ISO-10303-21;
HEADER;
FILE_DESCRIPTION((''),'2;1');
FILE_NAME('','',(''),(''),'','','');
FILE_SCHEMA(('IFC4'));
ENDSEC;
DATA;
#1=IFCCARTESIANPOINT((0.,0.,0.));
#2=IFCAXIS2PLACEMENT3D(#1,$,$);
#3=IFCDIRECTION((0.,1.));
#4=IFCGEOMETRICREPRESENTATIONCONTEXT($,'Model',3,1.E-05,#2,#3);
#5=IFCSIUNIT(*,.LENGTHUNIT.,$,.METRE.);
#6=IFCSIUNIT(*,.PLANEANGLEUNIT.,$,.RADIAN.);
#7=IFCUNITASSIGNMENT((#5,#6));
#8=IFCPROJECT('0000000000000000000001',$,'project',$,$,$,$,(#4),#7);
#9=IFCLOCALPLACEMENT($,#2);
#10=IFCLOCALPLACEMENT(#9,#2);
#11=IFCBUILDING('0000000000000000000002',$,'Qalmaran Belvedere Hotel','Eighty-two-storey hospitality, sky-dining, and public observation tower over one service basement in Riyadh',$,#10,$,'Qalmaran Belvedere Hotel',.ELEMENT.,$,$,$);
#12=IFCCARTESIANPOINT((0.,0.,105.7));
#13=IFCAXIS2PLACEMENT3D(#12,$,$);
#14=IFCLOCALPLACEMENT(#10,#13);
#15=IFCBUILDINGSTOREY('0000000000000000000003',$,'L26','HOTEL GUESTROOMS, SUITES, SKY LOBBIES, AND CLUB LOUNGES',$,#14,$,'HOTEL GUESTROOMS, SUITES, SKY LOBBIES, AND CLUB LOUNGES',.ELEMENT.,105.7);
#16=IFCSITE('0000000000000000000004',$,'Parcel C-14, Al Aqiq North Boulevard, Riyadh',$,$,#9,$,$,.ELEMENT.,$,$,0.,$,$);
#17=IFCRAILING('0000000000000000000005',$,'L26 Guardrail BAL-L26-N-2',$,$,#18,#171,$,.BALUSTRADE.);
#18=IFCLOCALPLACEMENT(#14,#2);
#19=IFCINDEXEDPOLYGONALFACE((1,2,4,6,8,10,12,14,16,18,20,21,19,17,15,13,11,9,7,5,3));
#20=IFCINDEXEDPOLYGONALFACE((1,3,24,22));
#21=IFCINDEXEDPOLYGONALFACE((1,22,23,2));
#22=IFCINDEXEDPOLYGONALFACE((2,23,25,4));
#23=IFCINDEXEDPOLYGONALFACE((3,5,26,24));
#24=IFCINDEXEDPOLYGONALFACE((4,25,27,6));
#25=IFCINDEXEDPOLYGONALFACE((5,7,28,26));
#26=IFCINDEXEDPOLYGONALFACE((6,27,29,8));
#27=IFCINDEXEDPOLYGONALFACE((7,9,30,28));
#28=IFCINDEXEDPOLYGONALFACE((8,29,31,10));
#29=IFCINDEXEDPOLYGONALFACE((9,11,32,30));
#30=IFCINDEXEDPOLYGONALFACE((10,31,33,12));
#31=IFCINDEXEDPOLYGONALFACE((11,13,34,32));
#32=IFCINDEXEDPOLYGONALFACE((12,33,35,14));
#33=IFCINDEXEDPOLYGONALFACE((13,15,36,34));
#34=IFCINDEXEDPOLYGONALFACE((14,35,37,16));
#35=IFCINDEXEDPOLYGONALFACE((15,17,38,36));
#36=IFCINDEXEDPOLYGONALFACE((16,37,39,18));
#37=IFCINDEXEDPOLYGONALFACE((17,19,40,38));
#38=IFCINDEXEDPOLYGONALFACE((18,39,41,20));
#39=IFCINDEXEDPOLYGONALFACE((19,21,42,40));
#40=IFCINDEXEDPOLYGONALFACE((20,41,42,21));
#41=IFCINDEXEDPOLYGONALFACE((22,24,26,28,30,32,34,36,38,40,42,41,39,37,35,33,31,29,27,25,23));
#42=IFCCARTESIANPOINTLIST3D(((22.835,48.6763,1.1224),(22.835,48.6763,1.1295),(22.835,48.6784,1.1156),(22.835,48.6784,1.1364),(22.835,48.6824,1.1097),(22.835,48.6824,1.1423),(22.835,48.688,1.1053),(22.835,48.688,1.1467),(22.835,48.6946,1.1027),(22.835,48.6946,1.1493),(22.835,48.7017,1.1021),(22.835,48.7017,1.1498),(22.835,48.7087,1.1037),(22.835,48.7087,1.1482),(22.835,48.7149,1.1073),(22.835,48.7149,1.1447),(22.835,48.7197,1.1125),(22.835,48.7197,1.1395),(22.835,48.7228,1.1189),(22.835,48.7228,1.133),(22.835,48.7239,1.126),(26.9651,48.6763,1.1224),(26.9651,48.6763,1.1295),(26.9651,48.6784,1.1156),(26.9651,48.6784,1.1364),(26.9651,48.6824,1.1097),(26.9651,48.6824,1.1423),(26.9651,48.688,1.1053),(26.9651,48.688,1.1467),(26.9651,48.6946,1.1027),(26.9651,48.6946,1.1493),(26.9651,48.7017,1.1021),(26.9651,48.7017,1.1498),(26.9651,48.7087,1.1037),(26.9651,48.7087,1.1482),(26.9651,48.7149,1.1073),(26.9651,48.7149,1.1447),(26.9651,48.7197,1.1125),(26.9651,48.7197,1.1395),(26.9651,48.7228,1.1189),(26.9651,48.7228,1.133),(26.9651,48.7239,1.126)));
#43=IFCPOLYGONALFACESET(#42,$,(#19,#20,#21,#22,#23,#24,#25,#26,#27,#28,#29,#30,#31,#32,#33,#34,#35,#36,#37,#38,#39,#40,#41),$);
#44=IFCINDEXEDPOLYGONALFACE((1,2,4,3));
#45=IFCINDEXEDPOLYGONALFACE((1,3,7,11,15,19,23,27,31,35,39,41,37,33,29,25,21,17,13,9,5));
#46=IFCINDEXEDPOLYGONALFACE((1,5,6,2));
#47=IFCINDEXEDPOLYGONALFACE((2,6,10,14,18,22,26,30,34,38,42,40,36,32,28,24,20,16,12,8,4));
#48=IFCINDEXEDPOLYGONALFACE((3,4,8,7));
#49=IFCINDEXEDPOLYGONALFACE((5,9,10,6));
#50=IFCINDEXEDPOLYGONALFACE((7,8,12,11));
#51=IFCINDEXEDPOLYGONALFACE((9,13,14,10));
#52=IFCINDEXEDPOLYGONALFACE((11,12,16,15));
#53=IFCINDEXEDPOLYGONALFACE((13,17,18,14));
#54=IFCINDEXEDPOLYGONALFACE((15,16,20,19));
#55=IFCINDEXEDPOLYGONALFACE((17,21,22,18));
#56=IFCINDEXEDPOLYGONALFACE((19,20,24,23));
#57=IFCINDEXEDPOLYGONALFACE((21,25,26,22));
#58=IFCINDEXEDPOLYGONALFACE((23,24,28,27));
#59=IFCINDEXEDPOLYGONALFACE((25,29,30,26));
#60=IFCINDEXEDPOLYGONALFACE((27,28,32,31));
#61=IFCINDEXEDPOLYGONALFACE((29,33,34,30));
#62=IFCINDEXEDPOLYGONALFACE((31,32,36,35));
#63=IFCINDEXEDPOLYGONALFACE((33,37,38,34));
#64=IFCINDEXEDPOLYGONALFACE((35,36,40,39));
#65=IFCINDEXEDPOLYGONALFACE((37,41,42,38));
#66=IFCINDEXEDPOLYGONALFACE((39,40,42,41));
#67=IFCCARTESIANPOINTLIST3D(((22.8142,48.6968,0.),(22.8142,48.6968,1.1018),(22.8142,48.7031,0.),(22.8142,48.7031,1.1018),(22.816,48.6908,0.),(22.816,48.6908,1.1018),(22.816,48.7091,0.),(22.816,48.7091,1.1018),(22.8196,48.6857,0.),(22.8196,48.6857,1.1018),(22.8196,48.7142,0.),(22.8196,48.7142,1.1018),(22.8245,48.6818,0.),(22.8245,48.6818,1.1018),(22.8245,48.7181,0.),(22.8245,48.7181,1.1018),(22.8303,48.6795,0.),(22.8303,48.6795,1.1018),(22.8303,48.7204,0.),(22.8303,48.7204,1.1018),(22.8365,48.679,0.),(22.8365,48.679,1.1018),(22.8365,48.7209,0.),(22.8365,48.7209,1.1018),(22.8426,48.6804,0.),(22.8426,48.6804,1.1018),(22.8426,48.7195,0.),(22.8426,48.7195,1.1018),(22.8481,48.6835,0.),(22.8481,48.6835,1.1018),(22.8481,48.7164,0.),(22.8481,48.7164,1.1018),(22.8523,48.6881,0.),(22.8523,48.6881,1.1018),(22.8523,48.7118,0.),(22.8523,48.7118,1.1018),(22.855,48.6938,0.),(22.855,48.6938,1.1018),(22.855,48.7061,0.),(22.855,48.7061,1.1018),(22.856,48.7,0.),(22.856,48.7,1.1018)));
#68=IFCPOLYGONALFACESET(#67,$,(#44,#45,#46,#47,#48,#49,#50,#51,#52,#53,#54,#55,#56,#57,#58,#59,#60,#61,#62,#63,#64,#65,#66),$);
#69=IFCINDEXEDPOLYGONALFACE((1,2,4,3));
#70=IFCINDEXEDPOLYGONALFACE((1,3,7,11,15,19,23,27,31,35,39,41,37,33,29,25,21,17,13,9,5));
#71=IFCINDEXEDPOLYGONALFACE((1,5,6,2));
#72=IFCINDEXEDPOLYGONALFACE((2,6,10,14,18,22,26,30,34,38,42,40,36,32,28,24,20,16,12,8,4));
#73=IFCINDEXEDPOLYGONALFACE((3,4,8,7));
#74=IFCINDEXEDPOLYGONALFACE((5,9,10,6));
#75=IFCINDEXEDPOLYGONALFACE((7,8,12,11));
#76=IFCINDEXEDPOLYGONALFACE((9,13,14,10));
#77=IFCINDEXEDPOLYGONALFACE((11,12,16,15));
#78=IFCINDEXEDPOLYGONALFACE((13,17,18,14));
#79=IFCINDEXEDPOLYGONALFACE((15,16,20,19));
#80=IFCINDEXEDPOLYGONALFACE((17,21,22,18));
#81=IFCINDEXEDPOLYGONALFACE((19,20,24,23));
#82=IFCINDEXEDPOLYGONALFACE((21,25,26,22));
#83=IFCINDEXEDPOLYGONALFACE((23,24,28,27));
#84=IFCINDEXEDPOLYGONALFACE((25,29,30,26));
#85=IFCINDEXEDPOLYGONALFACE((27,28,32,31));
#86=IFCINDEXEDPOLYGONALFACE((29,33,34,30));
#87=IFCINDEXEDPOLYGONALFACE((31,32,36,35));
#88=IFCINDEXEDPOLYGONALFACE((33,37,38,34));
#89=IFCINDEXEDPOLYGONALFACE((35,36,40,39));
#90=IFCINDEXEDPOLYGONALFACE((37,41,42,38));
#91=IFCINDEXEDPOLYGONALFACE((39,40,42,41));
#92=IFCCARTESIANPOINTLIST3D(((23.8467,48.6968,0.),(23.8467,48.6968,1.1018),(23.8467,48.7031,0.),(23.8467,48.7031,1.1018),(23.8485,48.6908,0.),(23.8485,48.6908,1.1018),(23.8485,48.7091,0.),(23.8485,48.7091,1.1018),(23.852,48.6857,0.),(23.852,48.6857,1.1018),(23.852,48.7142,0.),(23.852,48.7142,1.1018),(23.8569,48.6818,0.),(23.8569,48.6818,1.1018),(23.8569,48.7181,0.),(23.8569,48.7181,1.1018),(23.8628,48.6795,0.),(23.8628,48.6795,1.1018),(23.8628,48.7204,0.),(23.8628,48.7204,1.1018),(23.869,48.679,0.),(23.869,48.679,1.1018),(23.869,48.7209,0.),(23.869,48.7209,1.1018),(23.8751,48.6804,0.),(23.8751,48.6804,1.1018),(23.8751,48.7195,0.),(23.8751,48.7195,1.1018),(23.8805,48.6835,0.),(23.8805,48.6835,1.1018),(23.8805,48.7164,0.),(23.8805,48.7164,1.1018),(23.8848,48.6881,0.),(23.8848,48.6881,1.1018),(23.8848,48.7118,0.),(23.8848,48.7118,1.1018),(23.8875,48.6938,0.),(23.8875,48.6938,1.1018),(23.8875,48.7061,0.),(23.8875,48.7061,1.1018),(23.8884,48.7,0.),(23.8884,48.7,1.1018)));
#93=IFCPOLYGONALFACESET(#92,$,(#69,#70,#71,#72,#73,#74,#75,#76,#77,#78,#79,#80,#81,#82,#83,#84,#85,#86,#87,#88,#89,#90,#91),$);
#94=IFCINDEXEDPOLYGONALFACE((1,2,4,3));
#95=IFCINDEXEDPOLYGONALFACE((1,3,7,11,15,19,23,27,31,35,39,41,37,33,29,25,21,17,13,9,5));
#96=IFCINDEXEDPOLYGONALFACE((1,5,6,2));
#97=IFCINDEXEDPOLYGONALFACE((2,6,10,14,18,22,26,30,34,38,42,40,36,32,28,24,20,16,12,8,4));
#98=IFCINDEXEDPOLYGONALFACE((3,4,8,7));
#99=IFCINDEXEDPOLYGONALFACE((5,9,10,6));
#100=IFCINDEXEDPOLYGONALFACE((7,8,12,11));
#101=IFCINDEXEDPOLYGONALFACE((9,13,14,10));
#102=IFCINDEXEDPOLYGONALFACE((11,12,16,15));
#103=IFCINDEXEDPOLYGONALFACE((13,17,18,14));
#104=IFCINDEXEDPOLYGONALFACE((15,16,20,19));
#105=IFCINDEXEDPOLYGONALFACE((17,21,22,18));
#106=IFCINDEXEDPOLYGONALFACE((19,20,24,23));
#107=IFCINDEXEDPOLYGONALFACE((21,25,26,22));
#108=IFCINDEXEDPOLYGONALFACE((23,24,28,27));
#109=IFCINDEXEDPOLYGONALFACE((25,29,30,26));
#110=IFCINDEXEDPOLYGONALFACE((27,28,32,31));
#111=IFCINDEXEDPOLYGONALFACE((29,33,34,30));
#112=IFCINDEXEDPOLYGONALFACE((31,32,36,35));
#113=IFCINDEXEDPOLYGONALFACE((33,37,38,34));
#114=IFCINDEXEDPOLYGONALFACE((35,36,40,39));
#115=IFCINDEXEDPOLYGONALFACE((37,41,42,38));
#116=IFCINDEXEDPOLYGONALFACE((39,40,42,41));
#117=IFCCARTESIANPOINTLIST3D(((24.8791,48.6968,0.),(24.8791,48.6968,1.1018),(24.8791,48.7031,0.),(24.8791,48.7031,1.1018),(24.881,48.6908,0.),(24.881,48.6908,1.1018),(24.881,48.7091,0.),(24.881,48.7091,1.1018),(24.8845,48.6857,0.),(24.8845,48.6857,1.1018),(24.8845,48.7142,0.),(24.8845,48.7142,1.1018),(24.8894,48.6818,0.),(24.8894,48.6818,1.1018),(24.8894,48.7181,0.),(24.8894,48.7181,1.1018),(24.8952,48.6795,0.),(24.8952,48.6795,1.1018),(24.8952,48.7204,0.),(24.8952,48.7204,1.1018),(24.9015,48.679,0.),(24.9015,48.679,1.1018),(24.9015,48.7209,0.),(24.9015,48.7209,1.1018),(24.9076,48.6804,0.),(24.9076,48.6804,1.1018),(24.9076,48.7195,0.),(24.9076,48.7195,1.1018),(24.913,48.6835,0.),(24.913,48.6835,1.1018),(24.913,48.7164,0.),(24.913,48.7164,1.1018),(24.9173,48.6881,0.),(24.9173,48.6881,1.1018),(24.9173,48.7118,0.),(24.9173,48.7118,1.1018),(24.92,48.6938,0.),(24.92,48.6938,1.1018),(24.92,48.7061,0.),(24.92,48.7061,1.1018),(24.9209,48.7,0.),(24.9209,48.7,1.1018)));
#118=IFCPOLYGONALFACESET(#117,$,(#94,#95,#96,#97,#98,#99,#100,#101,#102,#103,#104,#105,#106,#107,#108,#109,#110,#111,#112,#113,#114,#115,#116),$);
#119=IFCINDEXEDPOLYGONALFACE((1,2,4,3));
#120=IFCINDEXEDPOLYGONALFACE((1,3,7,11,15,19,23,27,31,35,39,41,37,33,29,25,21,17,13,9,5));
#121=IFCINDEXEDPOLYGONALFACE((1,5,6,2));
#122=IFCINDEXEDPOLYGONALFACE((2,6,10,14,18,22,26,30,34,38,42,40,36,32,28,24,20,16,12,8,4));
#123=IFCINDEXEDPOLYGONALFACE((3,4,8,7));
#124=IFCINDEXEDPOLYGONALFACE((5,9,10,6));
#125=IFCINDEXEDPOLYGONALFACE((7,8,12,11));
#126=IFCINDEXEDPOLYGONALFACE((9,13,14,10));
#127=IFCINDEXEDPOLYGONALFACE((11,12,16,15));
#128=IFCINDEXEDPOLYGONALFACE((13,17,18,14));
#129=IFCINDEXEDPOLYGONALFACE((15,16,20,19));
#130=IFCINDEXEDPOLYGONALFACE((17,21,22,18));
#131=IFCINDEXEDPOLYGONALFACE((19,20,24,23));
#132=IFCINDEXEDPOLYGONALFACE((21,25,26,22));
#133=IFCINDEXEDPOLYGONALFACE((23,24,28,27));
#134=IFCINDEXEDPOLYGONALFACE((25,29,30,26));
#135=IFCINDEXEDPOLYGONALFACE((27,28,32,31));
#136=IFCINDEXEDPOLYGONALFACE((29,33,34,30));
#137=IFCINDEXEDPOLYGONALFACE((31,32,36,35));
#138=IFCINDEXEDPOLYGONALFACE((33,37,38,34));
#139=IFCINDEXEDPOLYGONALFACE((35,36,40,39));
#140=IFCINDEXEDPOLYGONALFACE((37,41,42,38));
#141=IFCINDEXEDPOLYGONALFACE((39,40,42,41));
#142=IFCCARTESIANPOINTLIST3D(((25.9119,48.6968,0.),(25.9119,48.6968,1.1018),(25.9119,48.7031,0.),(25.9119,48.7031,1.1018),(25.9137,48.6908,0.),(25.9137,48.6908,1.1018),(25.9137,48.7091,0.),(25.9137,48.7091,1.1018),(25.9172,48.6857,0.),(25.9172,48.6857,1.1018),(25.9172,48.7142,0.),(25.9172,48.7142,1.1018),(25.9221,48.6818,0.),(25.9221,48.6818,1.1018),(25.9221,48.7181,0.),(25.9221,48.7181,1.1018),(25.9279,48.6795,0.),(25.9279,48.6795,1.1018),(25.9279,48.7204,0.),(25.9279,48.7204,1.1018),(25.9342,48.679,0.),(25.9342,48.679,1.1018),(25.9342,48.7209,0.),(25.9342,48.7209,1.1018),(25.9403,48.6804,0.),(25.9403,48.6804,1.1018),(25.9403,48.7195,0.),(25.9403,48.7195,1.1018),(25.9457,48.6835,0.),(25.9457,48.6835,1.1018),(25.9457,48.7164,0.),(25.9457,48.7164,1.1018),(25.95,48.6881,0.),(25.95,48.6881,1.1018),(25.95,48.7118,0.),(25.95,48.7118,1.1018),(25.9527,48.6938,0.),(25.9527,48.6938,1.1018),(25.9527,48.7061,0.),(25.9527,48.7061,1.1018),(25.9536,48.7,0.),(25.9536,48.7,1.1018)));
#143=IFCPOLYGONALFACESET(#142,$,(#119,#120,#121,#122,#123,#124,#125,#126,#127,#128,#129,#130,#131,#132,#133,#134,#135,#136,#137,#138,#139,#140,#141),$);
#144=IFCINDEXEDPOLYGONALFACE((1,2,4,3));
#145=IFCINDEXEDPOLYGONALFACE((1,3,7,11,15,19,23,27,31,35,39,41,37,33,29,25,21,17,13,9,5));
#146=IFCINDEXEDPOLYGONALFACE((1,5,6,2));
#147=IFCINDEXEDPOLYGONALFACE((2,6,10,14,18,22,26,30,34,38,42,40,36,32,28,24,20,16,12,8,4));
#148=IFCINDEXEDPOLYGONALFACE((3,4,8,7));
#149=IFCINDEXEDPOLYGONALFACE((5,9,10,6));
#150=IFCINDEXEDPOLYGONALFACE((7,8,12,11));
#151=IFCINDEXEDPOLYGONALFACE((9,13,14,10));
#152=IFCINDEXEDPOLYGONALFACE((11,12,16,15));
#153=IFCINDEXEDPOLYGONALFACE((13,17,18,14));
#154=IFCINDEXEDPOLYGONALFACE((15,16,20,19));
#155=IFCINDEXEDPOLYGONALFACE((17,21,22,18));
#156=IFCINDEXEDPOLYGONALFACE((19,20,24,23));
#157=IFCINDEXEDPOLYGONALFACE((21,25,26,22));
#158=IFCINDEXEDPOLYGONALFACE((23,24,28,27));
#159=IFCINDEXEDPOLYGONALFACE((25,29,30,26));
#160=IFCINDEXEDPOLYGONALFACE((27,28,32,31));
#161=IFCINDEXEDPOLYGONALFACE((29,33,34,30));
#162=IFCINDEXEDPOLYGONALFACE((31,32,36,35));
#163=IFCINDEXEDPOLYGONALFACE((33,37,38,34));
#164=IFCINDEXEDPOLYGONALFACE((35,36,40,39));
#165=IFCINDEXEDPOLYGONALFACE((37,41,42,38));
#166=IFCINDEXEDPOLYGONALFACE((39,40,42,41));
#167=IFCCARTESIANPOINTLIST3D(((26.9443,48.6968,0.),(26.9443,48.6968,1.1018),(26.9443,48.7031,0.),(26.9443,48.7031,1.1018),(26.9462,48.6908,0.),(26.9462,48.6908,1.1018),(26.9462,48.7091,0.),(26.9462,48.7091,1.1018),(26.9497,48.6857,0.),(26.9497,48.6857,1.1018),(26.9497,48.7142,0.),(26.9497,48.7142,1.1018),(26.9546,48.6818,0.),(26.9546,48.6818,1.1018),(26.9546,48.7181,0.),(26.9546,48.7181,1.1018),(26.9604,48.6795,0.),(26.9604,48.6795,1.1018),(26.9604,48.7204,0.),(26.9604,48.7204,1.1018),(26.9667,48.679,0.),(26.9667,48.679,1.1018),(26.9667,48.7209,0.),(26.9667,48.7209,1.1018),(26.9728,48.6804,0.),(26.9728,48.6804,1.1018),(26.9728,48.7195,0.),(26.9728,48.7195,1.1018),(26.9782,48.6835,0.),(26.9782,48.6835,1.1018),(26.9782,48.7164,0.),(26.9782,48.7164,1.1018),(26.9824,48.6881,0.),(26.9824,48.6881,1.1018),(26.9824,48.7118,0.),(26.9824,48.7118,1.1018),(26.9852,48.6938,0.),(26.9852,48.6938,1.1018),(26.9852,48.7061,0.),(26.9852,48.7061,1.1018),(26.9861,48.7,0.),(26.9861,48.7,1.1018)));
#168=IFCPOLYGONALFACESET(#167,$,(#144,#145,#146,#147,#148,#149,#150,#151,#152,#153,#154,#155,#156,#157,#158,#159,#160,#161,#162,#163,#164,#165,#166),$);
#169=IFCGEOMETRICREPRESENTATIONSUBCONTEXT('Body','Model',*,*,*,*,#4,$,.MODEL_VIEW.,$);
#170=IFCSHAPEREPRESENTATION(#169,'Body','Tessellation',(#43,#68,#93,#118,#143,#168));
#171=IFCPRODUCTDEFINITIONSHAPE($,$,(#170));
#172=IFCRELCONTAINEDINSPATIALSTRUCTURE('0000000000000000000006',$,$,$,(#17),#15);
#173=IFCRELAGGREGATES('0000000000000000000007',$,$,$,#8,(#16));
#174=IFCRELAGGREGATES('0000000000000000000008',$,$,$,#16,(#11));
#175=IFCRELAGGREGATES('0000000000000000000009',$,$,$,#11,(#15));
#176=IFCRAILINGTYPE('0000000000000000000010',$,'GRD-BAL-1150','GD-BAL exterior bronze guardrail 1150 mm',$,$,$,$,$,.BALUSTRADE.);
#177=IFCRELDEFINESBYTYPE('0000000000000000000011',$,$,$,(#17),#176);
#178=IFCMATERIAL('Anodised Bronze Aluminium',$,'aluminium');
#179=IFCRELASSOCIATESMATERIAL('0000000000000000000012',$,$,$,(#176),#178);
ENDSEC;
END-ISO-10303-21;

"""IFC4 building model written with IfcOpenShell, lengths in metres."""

from ifc_helpers import new_model, si_unit, direction, frame, origin, origin_2d, place, context, subcontext, project, spatial, circle, extrude, material, type_object, element, save


model = new_model("IFC4")

# Units and contexts
model_context = context("Model", 3, precision=1e-05, world=origin(), true_north=direction((0.0, 1.0)))
body_context = subcontext(model_context, "Body", "Model", "MODEL_VIEW")
ifc_project = project(units=[si_unit("LENGTHUNIT", "METRE"), si_unit("PLANEANGLEUNIT", "RADIAN")], contexts=[model_context])

# Site, building, storey
site_placement = place(None, origin())
site = spatial("IfcSite", under=ifc_project, at=site_placement, Name="Parcel C-14, Al Aqiq North Boulevard, Riyadh", CompositionType="ELEMENT", RefElevation=0.0)
building_placement = place(site_placement, origin())
building = spatial("IfcBuilding", under=site, at=building_placement, Name="Qalmaran Belvedere Hotel", Description="Eighty-two-storey hospitality, sky-dining, and public observation tower over one service basement in Riyadh", LongName="Qalmaran Belvedere Hotel", CompositionType="ELEMENT")
storey_placement = place(building_placement, frame((0.0, 0.0, 105.7)))
storey = spatial("IfcBuildingStorey", under=building, at=storey_placement, Name="L26", Description="HOTEL GUESTROOMS, SUITES, SKY LOBBIES, AND CLUB LOUNGES", LongName="HOTEL GUESTROOMS, SUITES, SKY LOBBIES, AND CLUB LOUNGES", CompositionType="ELEMENT", Elevation=105.7)

# Shared definitions
ifc_material_1 = material(Name="Anodised Bronze Aluminium", Category="aluminium")

# Railing
railing_type = type_object("IfcRailingType", Name="GRD-BAL-1150", Description="GD-BAL exterior bronze guardrail 1150 mm", PredefinedType="BALUSTRADE", material=ifc_material_1)
railing_1_placement = place(storey_placement, frame((22.835, 48.7, 0.0)))
element("IfcRailing", 1, at=railing_1_placement, inside=storey, type_object=railing_type, Name="L26 Guardrail BAL-L26-N-2", PredefinedType="BALUSTRADE", context=body_context, shape_type="SweptSolid", body=[
    extrude(circle(Radius=0.0239, at=origin_2d()), frame((0.0, 0.0, 1.126), z_axis=(1.0, 0.0, 0.0), x_axis=(0.0, 1.0, 0.0)), (0.0, 0.0, 1.0), 4.1301),
    extrude(circle(Radius=0.021, at=origin_2d()), origin(), (0.0, 0.0, 1.0), 1.1018),
    extrude(circle(Radius=0.021, at=origin_2d()), frame((1.0325, 0.0, 0.0)), (0.0, 0.0, 1.0), 1.1018),
    extrude(circle(Radius=0.021, at=origin_2d()), frame((2.0649, 0.0, 0.0)), (0.0, 0.0, 1.0), 1.1018),
    extrude(circle(Radius=0.021, at=origin_2d()), frame((3.0977, 0.0, 0.0)), (0.0, 0.0, 1.0), 1.1018),
    extrude(circle(Radius=0.021, at=origin_2d()), frame((4.1301, 0.0, 0.0)), (0.0, 0.0, 1.0), 1.1018),
])

save(model, "model.ifc")
